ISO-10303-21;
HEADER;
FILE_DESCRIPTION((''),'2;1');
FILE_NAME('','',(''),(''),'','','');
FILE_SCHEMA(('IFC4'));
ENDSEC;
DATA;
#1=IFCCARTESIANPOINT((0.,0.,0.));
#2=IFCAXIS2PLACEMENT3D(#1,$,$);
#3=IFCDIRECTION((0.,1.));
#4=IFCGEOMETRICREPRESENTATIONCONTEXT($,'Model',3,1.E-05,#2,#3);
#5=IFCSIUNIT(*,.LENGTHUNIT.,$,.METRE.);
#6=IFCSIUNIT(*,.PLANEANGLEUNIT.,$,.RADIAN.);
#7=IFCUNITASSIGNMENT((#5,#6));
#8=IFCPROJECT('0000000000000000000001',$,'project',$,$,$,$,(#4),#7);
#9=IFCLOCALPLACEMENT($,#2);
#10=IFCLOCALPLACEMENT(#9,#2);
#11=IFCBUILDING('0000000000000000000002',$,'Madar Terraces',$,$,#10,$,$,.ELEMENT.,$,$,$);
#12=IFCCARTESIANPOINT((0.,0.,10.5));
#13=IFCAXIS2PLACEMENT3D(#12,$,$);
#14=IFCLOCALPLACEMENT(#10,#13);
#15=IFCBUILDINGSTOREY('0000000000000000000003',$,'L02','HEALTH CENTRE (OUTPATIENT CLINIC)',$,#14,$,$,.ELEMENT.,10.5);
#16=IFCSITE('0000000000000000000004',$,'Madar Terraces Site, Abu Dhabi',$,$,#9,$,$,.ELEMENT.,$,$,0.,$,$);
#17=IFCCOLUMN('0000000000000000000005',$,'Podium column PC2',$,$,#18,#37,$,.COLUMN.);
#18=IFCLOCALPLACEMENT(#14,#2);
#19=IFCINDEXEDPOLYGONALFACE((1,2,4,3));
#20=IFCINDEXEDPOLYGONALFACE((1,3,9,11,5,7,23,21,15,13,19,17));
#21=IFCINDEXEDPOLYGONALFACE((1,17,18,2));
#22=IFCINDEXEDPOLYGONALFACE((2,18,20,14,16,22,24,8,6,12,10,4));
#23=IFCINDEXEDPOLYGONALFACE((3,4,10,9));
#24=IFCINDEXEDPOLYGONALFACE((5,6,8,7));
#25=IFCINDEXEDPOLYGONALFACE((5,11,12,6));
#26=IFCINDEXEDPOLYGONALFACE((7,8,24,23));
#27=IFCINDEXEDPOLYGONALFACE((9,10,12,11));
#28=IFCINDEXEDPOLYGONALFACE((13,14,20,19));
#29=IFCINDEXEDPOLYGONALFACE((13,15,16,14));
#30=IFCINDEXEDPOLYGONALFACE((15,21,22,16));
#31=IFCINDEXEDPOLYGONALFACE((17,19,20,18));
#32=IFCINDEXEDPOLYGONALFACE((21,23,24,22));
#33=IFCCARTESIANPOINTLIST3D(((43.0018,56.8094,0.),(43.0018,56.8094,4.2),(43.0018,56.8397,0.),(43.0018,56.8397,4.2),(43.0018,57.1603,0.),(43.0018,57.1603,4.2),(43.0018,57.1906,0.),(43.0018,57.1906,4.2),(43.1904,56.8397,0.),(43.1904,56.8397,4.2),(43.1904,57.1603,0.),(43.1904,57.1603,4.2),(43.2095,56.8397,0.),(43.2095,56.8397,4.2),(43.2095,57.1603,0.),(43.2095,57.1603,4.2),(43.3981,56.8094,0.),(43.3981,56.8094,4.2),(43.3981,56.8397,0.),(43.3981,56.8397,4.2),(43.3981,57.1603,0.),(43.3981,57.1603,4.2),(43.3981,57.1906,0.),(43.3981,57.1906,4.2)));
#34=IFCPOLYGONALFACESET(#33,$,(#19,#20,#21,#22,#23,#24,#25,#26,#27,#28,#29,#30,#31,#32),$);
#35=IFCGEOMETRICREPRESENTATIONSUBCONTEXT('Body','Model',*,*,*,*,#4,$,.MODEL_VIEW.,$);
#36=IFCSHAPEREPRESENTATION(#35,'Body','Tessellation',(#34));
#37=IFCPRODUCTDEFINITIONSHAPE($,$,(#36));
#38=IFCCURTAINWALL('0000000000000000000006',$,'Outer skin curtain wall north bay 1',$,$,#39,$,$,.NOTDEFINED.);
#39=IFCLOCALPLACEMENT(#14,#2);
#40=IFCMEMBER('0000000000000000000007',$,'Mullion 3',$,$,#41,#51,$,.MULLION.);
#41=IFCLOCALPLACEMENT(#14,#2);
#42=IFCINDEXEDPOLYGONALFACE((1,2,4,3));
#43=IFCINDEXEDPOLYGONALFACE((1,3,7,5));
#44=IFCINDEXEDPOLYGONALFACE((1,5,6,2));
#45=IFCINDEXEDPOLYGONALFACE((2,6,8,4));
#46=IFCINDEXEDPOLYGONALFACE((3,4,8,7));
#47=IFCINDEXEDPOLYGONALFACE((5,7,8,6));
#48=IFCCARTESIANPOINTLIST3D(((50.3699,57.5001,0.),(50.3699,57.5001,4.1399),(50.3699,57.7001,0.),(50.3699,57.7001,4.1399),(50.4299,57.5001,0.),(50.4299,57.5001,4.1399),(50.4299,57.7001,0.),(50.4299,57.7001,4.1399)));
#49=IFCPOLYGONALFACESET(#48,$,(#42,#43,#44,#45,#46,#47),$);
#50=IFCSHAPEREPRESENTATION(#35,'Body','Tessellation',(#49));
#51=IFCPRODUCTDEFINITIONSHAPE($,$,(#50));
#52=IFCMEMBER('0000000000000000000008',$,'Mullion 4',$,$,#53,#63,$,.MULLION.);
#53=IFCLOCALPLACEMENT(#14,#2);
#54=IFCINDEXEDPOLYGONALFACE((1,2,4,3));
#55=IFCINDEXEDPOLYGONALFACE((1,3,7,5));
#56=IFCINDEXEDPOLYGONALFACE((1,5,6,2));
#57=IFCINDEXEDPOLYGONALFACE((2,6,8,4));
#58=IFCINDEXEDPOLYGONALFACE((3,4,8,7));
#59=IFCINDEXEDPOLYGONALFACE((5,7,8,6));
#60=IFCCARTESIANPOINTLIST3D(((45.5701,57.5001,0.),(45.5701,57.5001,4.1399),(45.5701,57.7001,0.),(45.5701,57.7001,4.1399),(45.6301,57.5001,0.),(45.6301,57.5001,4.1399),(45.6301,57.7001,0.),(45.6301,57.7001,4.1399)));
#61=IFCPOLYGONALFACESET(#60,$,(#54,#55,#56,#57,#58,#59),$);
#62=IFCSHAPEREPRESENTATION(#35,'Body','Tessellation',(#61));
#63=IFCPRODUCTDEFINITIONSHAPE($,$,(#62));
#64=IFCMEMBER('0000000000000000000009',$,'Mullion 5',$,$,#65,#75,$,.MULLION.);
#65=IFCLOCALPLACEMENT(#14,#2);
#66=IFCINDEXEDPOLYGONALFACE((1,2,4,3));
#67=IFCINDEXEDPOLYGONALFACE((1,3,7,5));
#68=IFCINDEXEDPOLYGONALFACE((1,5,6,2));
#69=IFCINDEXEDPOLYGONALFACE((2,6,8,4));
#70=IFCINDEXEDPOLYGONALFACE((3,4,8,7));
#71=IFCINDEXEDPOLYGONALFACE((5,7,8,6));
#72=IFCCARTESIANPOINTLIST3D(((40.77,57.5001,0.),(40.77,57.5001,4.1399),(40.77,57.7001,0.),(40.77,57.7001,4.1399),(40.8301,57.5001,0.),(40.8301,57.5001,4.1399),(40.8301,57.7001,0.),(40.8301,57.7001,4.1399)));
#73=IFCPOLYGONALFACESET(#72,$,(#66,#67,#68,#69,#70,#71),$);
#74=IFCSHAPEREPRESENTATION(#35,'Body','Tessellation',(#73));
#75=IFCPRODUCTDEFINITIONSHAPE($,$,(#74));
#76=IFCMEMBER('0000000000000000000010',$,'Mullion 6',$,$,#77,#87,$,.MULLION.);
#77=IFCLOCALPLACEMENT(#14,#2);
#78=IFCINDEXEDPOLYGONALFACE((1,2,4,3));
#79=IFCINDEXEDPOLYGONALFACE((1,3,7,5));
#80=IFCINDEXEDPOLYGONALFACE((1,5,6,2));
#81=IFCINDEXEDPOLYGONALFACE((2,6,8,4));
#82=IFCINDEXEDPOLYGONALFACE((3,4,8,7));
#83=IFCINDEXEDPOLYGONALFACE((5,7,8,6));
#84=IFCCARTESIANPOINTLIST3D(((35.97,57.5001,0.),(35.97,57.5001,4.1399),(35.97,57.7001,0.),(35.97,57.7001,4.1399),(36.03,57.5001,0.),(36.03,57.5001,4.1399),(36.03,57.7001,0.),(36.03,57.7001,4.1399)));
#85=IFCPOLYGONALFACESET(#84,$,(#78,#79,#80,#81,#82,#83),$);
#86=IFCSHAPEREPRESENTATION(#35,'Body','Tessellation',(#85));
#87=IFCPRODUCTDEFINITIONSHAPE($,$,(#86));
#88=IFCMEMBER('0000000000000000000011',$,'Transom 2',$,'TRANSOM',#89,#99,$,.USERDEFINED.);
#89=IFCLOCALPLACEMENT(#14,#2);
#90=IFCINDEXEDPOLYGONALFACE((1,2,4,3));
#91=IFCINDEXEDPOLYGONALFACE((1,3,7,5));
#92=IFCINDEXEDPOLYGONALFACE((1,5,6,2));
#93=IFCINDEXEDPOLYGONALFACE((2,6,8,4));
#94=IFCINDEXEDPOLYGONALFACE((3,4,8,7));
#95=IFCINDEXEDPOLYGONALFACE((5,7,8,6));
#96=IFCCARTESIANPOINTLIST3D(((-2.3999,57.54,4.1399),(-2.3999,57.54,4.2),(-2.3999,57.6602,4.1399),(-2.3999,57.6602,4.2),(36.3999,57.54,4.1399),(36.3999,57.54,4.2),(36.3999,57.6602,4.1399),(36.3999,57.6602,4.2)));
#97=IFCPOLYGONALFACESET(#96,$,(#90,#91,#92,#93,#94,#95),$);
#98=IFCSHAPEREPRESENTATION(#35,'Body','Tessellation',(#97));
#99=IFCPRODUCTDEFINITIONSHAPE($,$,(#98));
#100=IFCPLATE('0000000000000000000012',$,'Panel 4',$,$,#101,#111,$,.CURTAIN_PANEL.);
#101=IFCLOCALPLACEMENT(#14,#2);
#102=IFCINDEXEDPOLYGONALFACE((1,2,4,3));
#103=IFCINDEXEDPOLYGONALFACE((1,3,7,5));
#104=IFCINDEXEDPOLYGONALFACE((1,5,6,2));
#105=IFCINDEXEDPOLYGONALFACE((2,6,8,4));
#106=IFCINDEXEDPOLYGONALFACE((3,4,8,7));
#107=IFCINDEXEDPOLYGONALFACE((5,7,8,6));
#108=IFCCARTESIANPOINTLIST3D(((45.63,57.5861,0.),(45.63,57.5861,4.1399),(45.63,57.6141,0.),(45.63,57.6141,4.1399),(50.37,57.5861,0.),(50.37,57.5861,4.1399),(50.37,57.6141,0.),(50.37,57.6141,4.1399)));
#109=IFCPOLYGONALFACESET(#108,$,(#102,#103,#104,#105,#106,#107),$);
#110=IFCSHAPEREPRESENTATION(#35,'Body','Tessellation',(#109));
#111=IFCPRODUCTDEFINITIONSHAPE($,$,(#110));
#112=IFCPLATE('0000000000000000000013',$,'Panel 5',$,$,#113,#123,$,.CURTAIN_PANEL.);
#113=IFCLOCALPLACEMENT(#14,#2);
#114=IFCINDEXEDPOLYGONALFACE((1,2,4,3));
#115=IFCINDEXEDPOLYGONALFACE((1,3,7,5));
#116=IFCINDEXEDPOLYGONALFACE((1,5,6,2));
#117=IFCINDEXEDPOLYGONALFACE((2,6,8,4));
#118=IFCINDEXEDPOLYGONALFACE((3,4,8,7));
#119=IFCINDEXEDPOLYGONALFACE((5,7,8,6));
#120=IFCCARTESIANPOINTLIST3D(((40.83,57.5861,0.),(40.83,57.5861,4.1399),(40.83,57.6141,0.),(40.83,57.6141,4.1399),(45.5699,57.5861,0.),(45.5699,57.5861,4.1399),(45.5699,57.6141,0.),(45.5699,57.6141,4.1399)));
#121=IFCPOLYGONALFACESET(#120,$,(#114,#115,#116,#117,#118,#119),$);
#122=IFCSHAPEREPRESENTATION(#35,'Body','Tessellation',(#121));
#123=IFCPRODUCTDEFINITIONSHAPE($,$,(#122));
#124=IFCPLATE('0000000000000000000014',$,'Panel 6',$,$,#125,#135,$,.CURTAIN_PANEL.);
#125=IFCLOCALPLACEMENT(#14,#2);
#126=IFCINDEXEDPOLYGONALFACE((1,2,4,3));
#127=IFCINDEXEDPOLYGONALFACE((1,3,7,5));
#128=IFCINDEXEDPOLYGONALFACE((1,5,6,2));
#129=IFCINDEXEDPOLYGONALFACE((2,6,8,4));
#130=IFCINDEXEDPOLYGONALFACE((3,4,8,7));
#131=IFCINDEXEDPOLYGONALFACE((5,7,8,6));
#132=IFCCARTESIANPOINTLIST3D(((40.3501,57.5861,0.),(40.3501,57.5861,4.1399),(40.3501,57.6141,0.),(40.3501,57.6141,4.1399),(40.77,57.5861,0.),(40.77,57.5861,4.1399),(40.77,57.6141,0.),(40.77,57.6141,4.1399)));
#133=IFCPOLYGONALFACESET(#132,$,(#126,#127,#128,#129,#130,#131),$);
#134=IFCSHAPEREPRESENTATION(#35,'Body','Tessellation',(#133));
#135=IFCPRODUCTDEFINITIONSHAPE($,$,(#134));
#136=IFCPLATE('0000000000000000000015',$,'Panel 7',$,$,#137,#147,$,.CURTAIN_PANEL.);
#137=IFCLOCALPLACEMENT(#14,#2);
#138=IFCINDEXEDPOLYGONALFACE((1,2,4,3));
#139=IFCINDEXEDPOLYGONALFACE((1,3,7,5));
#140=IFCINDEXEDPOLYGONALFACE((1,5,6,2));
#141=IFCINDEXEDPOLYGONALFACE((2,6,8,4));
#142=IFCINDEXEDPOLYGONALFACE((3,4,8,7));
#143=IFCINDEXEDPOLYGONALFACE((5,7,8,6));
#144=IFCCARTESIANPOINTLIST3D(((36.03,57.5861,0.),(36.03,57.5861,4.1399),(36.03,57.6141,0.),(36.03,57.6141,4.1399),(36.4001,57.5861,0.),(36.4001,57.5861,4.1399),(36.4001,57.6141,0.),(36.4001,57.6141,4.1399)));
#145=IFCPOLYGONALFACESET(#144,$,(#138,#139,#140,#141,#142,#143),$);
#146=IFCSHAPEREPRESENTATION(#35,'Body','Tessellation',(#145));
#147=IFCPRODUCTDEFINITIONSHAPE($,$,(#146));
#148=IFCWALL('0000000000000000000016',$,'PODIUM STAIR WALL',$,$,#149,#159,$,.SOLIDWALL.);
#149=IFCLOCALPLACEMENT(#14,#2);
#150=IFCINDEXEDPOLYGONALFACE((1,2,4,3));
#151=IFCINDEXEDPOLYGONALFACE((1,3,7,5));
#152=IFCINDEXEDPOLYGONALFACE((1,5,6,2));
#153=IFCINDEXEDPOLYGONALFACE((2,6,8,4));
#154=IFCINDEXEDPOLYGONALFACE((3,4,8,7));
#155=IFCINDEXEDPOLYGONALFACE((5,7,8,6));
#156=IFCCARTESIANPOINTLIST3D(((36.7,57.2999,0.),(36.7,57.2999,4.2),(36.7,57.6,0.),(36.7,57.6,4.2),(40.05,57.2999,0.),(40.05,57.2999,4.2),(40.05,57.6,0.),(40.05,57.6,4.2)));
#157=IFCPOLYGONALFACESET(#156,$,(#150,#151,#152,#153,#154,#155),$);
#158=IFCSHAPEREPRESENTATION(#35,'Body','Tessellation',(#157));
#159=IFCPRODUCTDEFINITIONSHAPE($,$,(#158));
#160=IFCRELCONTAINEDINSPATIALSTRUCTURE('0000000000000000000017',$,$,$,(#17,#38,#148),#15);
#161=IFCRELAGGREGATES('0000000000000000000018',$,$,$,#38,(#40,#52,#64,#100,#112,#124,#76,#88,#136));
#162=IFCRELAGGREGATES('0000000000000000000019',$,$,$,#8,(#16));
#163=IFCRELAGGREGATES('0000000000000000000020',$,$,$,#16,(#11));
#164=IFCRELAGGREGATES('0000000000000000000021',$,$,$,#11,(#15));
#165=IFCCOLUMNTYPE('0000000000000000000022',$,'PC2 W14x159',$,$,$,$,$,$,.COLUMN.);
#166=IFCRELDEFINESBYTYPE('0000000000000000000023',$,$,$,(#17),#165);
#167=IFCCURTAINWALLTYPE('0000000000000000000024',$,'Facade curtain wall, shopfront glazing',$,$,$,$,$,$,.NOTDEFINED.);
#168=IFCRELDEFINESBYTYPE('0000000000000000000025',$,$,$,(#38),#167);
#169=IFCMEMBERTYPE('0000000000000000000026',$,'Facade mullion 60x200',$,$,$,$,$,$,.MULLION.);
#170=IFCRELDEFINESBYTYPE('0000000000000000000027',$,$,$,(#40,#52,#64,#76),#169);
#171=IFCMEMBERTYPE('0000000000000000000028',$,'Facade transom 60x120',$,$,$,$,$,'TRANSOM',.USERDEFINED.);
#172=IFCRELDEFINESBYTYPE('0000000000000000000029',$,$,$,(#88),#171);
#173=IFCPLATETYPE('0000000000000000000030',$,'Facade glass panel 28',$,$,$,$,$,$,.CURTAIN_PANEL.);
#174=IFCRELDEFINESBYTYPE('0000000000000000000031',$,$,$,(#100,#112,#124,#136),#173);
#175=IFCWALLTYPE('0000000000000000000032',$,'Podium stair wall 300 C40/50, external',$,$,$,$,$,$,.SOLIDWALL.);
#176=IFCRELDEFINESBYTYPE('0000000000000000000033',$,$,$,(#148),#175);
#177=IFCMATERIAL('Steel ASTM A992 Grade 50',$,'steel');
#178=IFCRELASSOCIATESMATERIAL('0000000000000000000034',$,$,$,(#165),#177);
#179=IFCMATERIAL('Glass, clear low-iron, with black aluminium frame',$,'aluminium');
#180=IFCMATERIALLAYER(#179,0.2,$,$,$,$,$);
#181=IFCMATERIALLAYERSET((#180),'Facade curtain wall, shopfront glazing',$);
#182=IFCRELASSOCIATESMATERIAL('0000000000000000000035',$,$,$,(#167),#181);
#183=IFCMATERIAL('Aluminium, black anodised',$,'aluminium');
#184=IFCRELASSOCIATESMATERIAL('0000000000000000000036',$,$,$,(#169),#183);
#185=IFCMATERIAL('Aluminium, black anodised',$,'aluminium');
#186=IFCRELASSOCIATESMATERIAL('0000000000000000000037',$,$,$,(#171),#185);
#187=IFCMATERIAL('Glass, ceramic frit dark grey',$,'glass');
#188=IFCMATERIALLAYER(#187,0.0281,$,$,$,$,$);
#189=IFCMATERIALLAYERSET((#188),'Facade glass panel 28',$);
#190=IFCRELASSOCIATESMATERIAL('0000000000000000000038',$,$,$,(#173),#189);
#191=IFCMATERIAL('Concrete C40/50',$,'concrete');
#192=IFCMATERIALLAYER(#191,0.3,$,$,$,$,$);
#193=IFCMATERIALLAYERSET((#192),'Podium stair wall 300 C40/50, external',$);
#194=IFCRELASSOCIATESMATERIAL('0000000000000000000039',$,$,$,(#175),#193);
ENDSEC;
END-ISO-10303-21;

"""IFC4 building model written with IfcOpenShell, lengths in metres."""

from ifc_helpers import new_model, si_unit, direction, frame, frame_2d, origin, origin_2d, place, context, subcontext, project, spatial, rectangle, i_section, extrude, material, layer, layer_set, material_profile, profile_set, type_object, element, aggregate, save


model = new_model("IFC4")

# Units and contexts
model_context = context("Model", 3, precision=1e-05, world=origin(), true_north=direction((0.0, 1.0)))
body_context = subcontext(model_context, "Body", "Model", "MODEL_VIEW")
ifc_project = project(units=[si_unit("LENGTHUNIT", "METRE"), si_unit("PLANEANGLEUNIT", "RADIAN")], contexts=[model_context])

# Site, building, storey
site_placement = place(None, origin())
site = spatial("IfcSite", under=ifc_project, at=site_placement, Name="Madar Terraces Site, Abu Dhabi", CompositionType="ELEMENT", RefElevation=0.0)
building_placement = place(site_placement, origin())
building = spatial("IfcBuilding", under=site, at=building_placement, Name="Madar Terraces", CompositionType="ELEMENT")
storey_placement = place(building_placement, frame((0.0, 0.0, 10.5)))
storey = spatial("IfcBuildingStorey", under=building, at=storey_placement, Name="L02", Description="HEALTH CENTRE (OUTPATIENT CLINIC)", CompositionType="ELEMENT", Elevation=10.5)

# Column
ifc_material_1 = material(Name="Steel ASTM A992 Grade 50", Category="steel")
ifc_material_profile_1 = material_profile(ifc_material_1, i_section(OverallWidth=0.3962, OverallDepth=0.3811, WebThickness=0.019, FlangeThickness=0.0303, at=origin_2d()), Name="W14x159")
ifc_profile_set_1 = profile_set([ifc_material_profile_1], Name="Steel ASTM A992 Grade 50")
column_type = type_object("IfcColumnType", Name="PC2 W14x159", PredefinedType="COLUMN", material=ifc_profile_set_1)
column_placement = place(storey_placement, frame((43.2, 57.0, 0.0), z_axis=(0.0, 0.0, 1.0), x_axis=(1.0, 0.0, 0.0)))
element("IfcColumn", 1, at=column_placement, inside=storey, type_object=column_type, Name="Podium column PC2", PredefinedType="COLUMN", context=body_context, shape_type="SweptSolid", body=[
    extrude(i_section(OverallWidth=0.3962, OverallDepth=0.3811, WebThickness=0.019, FlangeThickness=0.0303, at=origin_2d()), origin(), (0.0, 0.0, 1.0), 4.2),
])

# Curtain wall, members, plates
ifc_material_2 = material(Name="Glass, clear low-iron, with black aluminium frame", Category="aluminium")
ifc_layer_1 = layer(ifc_material_2, 0.2)
ifc_layer_set_1 = layer_set([ifc_layer_1], Name="Facade curtain wall, shopfront glazing")
curtain_wall_type = type_object("IfcCurtainWallType", Name="Facade curtain wall, shopfront glazing", PredefinedType="NOTDEFINED", material=ifc_layer_set_1)
curtain_wall_placement = place(storey_placement, origin())
curtain_wall = element("IfcCurtainWall", 2, at=curtain_wall_placement, inside=storey, type_object=curtain_wall_type, Name="Outer skin curtain wall north bay 1", PredefinedType="NOTDEFINED")
ifc_material_3 = material(Name="Aluminium, black anodised", Category="aluminium")
ifc_material_profile_2 = material_profile(ifc_material_3, rectangle(XDim=0.2, YDim=0.0601, at=origin_2d()), Name="Facade mullion 60x200")
ifc_profile_set_2 = profile_set([ifc_material_profile_2], Name="Aluminium, black anodised")
member_type_1 = type_object("IfcMemberType", Name="Facade mullion 60x200", PredefinedType="MULLION", material=ifc_profile_set_2)
member_1_placement = place(storey_placement, frame((50.3999, 57.6001, 0.0), z_axis=(0.0, 0.0, 1.0), x_axis=(0.0, -1.0, 0.0)))
member_1 = element("IfcMember", 3, at=member_1_placement, type_object=member_type_1, Name="Mullion 3", PredefinedType="MULLION", context=body_context, shape_type="SweptSolid", body=[
    extrude(rectangle(XDim=0.2, YDim=0.0601, at=origin_2d()), origin(), (0.0, 0.0, 1.0), 4.1399),
])
member_2_placement = place(storey_placement, frame((45.6001, 57.6001, 0.0), z_axis=(0.0, 0.0, 1.0), x_axis=(0.0, -1.0, 0.0)))
member_2 = element("IfcMember", 4, at=member_2_placement, type_object=member_type_1, Name="Mullion 4", PredefinedType="MULLION", context=body_context, shape_type="SweptSolid", body=[
    extrude(rectangle(XDim=0.2, YDim=0.0601, at=origin_2d()), origin(), (0.0, 0.0, 1.0), 4.1399),
])
member_3_placement = place(storey_placement, frame((40.8, 57.6001, 0.0), z_axis=(0.0, 0.0, 1.0), x_axis=(0.0, -1.0, 0.0)))
member_3 = element("IfcMember", 5, at=member_3_placement, type_object=member_type_1, Name="Mullion 5", PredefinedType="MULLION", context=body_context, shape_type="SweptSolid", body=[
    extrude(rectangle(XDim=0.2, YDim=0.0601, at=origin_2d()), origin(), (0.0, 0.0, 1.0), 4.1399),
])
member_4_placement = place(storey_placement, frame((36.0, 57.6001, 0.0), z_axis=(0.0, 0.0, 1.0), x_axis=(0.0, -1.0, 0.0)))
member_4 = element("IfcMember", 6, at=member_4_placement, type_object=member_type_1, Name="Mullion 6", PredefinedType="MULLION", context=body_context, shape_type="SweptSolid", body=[
    extrude(rectangle(XDim=0.2, YDim=0.0601, at=origin_2d()), origin(), (0.0, 0.0, 1.0), 4.1399),
])
ifc_material_4 = material(Name="Aluminium, black anodised", Category="aluminium")
ifc_material_profile_3 = material_profile(ifc_material_4, rectangle(XDim=0.1201, YDim=0.0601, at=origin_2d()), Name="Facade transom 60x120")
ifc_profile_set_3 = profile_set([ifc_material_profile_3], Name="Aluminium, black anodised")
member_type_2 = type_object("IfcMemberType", Name="Facade transom 60x120", ElementType="TRANSOM", PredefinedType="USERDEFINED", material=ifc_profile_set_3)
member_5_placement = place(storey_placement, frame((36.3999, 57.6001, 4.1699), z_axis=(-1.0, 0.0, 0.0), x_axis=(0.0, -1.0, 0.0)))
member_5 = element("IfcMember", 7, at=member_5_placement, type_object=member_type_2, Name="Transom 2", ObjectType="TRANSOM", PredefinedType="USERDEFINED", context=body_context, shape_type="SweptSolid", body=[
    extrude(rectangle(XDim=0.1201, YDim=0.0601, at=origin_2d()), origin(), (0.0, 0.0, 1.0), 38.7998),
])
ifc_material_5 = material(Name="Glass, ceramic frit dark grey", Category="glass")
ifc_layer_2 = layer(ifc_material_5, 0.0281)
ifc_layer_set_2 = layer_set([ifc_layer_2], Name="Facade glass panel 28")
plate_type = type_object("IfcPlateType", Name="Facade glass panel 28", PredefinedType="CURTAIN_PANEL", material=ifc_layer_set_2)
plate_1_placement = place(storey_placement, frame((48.0, 57.6001, 0.0), z_axis=(0.0, 0.0, 1.0), x_axis=(-1.0, 0.0, 0.0)))
plate_1 = element("IfcPlate", 8, at=plate_1_placement, type_object=plate_type, Name="Panel 4", PredefinedType="CURTAIN_PANEL", context=body_context, shape_type="SweptSolid", body=[
    extrude(rectangle(XDim=4.74, YDim=0.0281, at=origin_2d()), origin(), (0.0, 0.0, 1.0), 4.1399),
])
plate_2_placement = place(storey_placement, frame((43.2, 57.6001, 0.0), z_axis=(0.0, 0.0, 1.0), x_axis=(-1.0, 0.0, 0.0)))
plate_2 = element("IfcPlate", 9, at=plate_2_placement, type_object=plate_type, Name="Panel 5", PredefinedType="CURTAIN_PANEL", context=body_context, shape_type="SweptSolid", body=[
    extrude(rectangle(XDim=4.74, YDim=0.0281, at=origin_2d()), origin(), (0.0, 0.0, 1.0), 4.1399),
])
plate_3_placement = place(storey_placement, frame((40.5601, 57.6001, 0.0), z_axis=(0.0, 0.0, 1.0), x_axis=(-1.0, 0.0, 0.0)))
plate_3 = element("IfcPlate", 10, at=plate_3_placement, type_object=plate_type, Name="Panel 6", PredefinedType="CURTAIN_PANEL", context=body_context, shape_type="SweptSolid", body=[
    extrude(rectangle(XDim=0.4199, YDim=0.0281, at=origin_2d()), origin(), (0.0, 0.0, 1.0), 4.1399),
])
plate_4_placement = place(storey_placement, frame((36.2151, 57.6001, 0.0), z_axis=(0.0, 0.0, 1.0), x_axis=(-1.0, 0.0, 0.0)))
plate_4 = element("IfcPlate", 11, at=plate_4_placement, type_object=plate_type, Name="Panel 7", PredefinedType="CURTAIN_PANEL", context=body_context, shape_type="SweptSolid", body=[
    extrude(rectangle(XDim=0.3701, YDim=0.0281, at=origin_2d()), origin(), (0.0, 0.0, 1.0), 4.1399),
])
aggregate(curtain_wall, [member_1, member_2, member_3, plate_1, plate_2, plate_3, member_4, member_5, plate_4])

# Wall
ifc_material_6 = material(Name="Concrete C40/50", Category="concrete")
ifc_layer_3 = layer(ifc_material_6, 0.3)
ifc_layer_set_3 = layer_set([ifc_layer_3], Name="Podium stair wall 300 C40/50, external")
wall_type = type_object("IfcWallType", Name="Podium stair wall 300 C40/50, external", PredefinedType="SOLIDWALL", material=ifc_layer_set_3)
wall_placement = place(storey_placement, frame((36.7, 57.45, 0.0), z_axis=(0.0, 0.0, 1.0), x_axis=(1.0, 0.0, 0.0)))
element("IfcWall", 12, at=wall_placement, inside=storey, type_object=wall_type, Name="PODIUM STAIR WALL", PredefinedType="SOLIDWALL", context=body_context, shape_type="SweptSolid", body=[
    extrude(rectangle(XDim=3.3501, YDim=0.3, at=frame_2d((1.675, 0.0))), origin(), (0.0, 0.0, 1.0), 4.2),
])

save(model, "model.ifc")
